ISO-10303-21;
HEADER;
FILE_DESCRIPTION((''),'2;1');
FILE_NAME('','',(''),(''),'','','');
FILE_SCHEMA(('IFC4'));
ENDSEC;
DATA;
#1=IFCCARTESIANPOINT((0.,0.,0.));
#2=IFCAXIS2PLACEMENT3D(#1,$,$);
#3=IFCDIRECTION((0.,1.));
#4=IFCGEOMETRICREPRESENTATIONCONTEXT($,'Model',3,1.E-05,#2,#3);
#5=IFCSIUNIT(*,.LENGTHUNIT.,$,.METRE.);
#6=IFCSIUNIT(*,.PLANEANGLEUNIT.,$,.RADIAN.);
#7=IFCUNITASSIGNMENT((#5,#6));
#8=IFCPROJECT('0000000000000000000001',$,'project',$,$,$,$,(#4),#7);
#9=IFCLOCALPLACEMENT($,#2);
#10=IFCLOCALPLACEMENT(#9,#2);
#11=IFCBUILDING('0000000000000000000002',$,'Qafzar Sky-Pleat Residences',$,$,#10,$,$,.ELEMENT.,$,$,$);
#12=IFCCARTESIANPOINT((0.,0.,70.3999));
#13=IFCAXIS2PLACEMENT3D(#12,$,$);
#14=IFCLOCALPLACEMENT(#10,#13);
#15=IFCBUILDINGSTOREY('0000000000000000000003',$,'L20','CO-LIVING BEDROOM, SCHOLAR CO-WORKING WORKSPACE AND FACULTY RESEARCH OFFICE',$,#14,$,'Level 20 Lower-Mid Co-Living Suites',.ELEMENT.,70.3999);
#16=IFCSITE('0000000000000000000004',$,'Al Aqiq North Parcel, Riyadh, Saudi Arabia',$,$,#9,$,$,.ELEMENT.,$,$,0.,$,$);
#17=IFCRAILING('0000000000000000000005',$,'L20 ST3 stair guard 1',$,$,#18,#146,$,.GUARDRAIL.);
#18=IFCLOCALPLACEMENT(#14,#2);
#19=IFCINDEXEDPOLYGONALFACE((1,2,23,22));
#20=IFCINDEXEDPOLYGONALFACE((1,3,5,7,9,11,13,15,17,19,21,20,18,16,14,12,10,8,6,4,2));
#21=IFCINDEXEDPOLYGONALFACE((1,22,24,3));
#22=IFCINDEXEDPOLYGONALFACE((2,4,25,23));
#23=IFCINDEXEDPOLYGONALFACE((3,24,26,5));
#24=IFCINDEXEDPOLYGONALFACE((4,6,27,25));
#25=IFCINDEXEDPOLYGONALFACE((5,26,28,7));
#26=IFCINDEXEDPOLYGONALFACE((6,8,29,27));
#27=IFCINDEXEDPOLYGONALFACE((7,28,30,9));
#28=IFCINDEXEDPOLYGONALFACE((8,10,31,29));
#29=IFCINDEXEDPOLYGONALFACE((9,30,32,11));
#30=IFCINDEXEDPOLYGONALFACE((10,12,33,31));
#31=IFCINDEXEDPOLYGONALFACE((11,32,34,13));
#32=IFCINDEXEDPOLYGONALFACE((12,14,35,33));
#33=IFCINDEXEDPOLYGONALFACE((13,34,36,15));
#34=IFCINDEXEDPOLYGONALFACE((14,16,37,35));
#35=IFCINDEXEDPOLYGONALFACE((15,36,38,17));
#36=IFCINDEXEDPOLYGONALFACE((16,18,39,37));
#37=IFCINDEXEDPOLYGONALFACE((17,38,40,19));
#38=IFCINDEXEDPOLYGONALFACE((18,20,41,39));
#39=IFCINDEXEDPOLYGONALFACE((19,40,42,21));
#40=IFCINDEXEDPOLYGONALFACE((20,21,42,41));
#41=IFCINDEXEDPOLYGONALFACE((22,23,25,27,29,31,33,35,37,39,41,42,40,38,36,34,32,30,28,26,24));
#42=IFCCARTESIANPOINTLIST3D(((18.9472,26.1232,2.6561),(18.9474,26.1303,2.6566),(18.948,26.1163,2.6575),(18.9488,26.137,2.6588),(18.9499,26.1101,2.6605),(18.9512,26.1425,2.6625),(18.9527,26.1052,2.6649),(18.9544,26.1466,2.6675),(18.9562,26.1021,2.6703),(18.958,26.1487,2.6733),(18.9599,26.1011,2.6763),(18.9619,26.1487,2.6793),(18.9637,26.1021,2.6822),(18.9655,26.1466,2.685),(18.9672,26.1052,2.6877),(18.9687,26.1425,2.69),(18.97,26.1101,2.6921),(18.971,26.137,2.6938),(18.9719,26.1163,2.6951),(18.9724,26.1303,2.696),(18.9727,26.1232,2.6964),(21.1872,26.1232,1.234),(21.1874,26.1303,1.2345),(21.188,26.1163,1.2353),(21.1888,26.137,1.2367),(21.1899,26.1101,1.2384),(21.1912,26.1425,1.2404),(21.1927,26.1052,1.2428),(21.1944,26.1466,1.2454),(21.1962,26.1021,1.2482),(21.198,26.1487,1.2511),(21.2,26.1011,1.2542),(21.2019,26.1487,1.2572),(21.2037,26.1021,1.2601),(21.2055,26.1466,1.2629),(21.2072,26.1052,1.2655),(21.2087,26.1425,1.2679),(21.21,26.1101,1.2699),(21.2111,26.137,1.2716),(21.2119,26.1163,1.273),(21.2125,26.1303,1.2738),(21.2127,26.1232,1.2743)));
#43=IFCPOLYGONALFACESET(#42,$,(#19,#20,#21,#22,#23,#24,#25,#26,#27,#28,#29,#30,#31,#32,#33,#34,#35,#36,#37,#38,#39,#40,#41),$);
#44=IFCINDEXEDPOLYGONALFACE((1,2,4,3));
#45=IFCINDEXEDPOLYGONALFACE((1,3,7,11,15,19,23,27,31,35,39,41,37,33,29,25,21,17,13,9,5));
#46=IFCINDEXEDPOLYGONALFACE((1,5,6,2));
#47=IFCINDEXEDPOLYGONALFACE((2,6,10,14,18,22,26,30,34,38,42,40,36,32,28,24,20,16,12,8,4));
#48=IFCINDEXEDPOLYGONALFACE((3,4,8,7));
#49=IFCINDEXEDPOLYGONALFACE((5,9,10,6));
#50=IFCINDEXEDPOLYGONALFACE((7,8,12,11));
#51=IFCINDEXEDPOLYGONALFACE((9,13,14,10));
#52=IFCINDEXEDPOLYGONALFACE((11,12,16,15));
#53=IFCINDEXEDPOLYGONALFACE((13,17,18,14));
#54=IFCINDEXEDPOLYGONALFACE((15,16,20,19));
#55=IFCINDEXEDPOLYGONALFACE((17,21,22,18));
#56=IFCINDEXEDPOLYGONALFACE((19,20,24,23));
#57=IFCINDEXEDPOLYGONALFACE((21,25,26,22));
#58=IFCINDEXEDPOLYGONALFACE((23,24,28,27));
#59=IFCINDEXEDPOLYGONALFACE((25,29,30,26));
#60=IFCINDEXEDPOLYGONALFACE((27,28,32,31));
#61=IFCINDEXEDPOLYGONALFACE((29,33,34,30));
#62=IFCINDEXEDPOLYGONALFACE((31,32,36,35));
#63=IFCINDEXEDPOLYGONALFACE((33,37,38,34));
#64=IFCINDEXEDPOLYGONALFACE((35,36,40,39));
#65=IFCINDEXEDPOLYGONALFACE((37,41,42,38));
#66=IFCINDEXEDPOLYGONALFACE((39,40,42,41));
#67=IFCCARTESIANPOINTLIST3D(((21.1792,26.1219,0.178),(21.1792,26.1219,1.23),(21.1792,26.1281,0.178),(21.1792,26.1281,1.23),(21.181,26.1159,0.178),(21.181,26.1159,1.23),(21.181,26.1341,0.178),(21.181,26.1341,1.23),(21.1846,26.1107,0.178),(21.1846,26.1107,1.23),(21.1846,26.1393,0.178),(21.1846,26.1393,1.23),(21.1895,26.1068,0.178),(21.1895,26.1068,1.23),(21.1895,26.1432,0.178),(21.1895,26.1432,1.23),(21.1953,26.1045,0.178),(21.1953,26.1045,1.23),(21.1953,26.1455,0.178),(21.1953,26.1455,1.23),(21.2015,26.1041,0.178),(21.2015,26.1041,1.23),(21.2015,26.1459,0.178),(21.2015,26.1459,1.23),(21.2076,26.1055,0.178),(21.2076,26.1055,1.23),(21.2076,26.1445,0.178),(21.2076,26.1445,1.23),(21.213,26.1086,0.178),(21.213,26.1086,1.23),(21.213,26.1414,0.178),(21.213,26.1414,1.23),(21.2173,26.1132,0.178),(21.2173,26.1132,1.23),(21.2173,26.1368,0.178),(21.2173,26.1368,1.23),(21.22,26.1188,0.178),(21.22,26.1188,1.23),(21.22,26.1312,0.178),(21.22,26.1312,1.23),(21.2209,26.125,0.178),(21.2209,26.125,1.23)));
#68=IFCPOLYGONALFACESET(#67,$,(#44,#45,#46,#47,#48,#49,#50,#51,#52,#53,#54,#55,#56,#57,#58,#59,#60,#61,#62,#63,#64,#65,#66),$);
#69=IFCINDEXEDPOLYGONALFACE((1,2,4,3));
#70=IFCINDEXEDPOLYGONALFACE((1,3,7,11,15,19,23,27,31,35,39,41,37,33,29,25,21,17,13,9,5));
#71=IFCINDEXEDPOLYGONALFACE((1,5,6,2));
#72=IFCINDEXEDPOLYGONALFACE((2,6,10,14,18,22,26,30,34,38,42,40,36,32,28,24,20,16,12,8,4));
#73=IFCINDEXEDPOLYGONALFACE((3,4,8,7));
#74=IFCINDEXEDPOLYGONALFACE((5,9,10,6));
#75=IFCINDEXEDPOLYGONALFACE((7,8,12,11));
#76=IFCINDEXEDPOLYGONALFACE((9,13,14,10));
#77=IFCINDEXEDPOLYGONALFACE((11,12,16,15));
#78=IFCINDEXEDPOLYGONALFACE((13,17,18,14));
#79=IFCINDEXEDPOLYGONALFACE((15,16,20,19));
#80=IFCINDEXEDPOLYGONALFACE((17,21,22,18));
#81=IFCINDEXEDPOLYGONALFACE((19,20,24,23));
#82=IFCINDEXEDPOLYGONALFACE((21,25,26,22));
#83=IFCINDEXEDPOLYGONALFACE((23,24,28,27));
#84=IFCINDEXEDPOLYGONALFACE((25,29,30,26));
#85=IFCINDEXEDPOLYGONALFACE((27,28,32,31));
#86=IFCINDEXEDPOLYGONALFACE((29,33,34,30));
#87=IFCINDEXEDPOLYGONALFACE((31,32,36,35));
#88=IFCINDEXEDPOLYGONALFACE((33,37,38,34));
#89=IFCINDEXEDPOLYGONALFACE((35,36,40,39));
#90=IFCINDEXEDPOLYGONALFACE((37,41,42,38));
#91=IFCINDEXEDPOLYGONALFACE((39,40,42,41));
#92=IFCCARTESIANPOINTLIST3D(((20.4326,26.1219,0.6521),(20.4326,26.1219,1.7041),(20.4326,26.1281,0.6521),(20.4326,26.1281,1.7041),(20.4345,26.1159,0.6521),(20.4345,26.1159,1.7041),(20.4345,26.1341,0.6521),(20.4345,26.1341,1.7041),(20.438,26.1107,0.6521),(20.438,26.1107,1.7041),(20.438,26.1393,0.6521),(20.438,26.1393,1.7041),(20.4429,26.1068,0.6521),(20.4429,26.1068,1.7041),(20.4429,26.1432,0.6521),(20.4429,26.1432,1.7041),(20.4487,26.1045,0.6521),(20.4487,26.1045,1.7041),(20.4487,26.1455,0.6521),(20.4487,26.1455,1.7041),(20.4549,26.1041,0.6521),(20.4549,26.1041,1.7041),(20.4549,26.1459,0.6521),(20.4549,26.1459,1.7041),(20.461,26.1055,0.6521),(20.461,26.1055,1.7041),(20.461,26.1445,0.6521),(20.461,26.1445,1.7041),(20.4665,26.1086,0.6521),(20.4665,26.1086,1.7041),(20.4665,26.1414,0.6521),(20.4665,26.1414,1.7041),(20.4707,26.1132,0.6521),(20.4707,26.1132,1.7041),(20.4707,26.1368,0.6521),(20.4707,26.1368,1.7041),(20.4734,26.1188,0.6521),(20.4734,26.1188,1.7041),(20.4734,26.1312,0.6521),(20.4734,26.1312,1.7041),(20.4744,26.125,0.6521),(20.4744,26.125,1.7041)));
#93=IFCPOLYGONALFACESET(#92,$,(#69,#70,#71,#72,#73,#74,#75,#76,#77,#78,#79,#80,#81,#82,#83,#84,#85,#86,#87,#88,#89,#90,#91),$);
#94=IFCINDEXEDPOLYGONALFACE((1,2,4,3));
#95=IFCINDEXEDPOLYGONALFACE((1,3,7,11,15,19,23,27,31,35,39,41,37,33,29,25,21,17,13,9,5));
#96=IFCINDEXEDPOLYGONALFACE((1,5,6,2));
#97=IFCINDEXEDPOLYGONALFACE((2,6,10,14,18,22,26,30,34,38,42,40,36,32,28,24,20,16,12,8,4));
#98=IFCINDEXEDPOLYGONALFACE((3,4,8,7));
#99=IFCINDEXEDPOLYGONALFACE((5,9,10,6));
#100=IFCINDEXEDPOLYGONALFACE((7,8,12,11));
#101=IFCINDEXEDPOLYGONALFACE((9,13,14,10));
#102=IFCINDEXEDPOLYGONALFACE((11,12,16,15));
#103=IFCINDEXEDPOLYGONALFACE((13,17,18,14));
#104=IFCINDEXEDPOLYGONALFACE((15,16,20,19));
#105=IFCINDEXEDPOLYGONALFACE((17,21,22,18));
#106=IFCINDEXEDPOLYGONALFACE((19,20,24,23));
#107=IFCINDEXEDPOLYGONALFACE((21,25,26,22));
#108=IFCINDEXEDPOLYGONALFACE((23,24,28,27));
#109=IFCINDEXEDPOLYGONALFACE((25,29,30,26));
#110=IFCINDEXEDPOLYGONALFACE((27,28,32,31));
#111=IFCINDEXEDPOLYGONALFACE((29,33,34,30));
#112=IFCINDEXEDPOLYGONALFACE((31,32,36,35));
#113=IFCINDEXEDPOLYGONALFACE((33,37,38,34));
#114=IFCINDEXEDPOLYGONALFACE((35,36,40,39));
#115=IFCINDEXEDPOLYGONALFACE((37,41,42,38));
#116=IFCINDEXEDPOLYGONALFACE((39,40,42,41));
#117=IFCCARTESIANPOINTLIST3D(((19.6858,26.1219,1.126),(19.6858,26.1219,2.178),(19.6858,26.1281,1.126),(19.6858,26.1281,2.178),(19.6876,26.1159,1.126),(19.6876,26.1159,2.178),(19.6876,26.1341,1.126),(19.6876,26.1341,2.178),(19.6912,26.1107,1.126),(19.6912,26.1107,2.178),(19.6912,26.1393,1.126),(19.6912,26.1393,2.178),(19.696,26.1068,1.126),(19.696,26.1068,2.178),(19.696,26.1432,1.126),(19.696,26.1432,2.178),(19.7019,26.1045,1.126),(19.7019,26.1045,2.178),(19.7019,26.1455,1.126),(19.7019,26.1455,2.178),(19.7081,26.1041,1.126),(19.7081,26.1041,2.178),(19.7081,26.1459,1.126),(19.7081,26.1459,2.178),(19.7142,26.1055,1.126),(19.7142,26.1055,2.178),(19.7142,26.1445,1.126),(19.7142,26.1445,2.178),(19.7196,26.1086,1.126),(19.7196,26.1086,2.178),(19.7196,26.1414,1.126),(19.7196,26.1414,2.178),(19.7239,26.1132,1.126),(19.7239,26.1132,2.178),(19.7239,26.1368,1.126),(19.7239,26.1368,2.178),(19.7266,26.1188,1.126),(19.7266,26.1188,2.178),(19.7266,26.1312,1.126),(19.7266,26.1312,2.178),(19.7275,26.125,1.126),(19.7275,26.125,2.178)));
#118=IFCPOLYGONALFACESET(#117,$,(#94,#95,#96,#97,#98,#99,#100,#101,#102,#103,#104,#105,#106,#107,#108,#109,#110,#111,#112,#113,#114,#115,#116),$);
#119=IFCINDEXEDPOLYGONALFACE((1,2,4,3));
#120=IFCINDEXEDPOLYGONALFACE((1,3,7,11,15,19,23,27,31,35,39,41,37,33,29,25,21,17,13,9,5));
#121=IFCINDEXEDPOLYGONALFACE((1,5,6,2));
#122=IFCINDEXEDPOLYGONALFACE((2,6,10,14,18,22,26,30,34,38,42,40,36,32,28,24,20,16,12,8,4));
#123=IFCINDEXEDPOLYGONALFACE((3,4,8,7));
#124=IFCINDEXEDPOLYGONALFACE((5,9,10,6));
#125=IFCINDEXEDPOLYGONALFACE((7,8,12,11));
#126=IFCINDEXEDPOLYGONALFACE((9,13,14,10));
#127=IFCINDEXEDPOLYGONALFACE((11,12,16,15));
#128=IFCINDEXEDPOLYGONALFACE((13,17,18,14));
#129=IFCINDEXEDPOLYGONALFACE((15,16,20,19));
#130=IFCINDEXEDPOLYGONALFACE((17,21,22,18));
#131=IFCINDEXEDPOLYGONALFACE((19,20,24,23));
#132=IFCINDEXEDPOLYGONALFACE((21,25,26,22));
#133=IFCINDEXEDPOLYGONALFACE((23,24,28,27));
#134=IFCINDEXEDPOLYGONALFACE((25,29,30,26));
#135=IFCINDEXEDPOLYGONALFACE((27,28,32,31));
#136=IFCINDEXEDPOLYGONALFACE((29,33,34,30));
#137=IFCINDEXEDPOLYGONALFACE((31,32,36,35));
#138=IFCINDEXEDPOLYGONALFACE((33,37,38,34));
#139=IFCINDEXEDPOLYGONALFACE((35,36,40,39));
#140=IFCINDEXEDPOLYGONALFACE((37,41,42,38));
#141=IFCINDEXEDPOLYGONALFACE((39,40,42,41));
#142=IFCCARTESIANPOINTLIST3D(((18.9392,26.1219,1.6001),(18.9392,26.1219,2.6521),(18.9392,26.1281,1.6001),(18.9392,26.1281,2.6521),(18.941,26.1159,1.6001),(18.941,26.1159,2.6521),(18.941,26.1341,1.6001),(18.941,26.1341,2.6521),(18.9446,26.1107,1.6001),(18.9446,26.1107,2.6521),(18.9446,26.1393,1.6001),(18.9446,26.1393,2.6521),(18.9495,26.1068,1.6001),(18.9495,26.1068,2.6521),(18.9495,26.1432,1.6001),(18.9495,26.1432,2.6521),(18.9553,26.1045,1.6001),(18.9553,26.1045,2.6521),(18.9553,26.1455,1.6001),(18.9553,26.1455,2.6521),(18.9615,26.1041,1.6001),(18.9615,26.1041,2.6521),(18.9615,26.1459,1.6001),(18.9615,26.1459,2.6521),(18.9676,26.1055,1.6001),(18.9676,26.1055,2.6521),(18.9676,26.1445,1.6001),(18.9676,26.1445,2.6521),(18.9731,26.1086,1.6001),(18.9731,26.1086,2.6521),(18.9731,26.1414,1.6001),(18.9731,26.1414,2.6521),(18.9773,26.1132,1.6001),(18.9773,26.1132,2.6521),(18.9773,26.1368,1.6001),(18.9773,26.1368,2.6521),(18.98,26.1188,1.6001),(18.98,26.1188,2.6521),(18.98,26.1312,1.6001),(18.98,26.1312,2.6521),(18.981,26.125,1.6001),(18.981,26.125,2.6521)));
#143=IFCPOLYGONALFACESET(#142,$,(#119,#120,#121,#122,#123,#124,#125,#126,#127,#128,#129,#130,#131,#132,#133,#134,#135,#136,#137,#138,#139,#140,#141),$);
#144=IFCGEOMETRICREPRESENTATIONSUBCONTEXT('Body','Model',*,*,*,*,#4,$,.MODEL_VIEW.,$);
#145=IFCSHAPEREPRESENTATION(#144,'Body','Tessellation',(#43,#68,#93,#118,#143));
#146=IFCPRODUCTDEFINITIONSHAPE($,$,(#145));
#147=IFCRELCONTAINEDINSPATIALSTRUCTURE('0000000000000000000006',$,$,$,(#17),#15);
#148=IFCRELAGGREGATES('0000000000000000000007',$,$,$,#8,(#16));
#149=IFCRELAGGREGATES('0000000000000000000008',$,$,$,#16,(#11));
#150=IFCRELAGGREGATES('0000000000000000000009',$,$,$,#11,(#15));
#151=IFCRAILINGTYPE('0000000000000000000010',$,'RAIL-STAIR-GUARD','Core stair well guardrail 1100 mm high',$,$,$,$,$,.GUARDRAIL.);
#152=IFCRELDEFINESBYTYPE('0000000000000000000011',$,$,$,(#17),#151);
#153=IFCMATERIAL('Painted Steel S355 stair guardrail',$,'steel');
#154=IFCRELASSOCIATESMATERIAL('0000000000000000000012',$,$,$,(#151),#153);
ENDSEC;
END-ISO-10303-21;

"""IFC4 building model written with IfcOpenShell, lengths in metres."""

from ifc_helpers import new_model, si_unit, direction, frame, origin, origin_2d, place, context, subcontext, project, spatial, circle, extrude, source, transform, mapped, material, type_object, element, save


model = new_model("IFC4")

# Units and contexts
model_context = context("Model", 3, precision=1e-05, world=origin(), true_north=direction((0.0, 1.0)))
body_context = subcontext(model_context, "Body", "Model", "MODEL_VIEW")
ifc_project = project(units=[si_unit("LENGTHUNIT", "METRE"), si_unit("PLANEANGLEUNIT", "RADIAN")], contexts=[model_context])

# Site, building, storey
site_placement = place(None, origin())
site = spatial("IfcSite", under=ifc_project, at=site_placement, Name="Al Aqiq North Parcel, Riyadh, Saudi Arabia", CompositionType="ELEMENT", RefElevation=0.0)
building_placement = place(site_placement, origin())
building = spatial("IfcBuilding", under=site, at=building_placement, Name="Qafzar Sky-Pleat Residences", CompositionType="ELEMENT")
storey_placement = place(building_placement, frame((0.0, 0.0, 70.3999)))
storey = spatial("IfcBuildingStorey", under=building, at=storey_placement, Name="L20", Description="CO-LIVING BEDROOM, SCHOLAR CO-WORKING WORKSPACE AND FACULTY RESEARCH OFFICE", LongName="Level 20 Lower-Mid Co-Living Suites", CompositionType="ELEMENT", Elevation=70.3999)

# Railing
ifc_material_1 = material(Name="Painted Steel S355 stair guardrail", Category="steel")
railing_type = type_object("IfcRailingType", Name="RAIL-STAIR-GUARD", Description="Core stair well guardrail 1100 mm high", PredefinedType="GUARDRAIL", material=ifc_material_1)
shared_shape_1 = source(origin(), body_context, "Body", "SweptSolid", [
    extrude(circle(Radius=0.0239, at=origin_2d()), frame((0.0, 0.0, 1.0762), z_axis=(-0.844229, 0.0, 0.535982), x_axis=(0.0, -1.0, 0.0)), (0.0, 0.0, 1.0), 2.6533),
    extrude(circle(Radius=0.021, at=origin_2d()), origin(), (0.0, 0.0, 1.0), 1.052),
    extrude(circle(Radius=0.021, at=origin_2d()), frame((-0.7466, 0.0, 0.4741)), (0.0, 0.0, 1.0), 1.052),
    extrude(circle(Radius=0.021, at=origin_2d()), frame((-1.4934, 0.0, 0.948)), (0.0, 0.0, 1.0), 1.052),
    extrude(circle(Radius=0.021, at=origin_2d()), frame((-2.24, 0.0, 1.4221)), (0.0, 0.0, 1.0), 1.052),
])
railing_1_placement = place(storey_placement, frame((21.2, 26.125, 0.178)))
element("IfcRailing", 1, at=railing_1_placement, inside=storey, type_object=railing_type, Name="L20 ST3 stair guard 1", PredefinedType="GUARDRAIL", context=body_context, shape_type="MappedRepresentation", body=[
    mapped(shared_shape_1, transform((0.0, 0.0, 0.0), x_axis=(1.0, 0.0, 0.0), y_axis=(0.0, 1.0, 0.0), z_axis=(0.0, 0.0, 1.0), scale=1.0)),
])

save(model, "model.ifc")
